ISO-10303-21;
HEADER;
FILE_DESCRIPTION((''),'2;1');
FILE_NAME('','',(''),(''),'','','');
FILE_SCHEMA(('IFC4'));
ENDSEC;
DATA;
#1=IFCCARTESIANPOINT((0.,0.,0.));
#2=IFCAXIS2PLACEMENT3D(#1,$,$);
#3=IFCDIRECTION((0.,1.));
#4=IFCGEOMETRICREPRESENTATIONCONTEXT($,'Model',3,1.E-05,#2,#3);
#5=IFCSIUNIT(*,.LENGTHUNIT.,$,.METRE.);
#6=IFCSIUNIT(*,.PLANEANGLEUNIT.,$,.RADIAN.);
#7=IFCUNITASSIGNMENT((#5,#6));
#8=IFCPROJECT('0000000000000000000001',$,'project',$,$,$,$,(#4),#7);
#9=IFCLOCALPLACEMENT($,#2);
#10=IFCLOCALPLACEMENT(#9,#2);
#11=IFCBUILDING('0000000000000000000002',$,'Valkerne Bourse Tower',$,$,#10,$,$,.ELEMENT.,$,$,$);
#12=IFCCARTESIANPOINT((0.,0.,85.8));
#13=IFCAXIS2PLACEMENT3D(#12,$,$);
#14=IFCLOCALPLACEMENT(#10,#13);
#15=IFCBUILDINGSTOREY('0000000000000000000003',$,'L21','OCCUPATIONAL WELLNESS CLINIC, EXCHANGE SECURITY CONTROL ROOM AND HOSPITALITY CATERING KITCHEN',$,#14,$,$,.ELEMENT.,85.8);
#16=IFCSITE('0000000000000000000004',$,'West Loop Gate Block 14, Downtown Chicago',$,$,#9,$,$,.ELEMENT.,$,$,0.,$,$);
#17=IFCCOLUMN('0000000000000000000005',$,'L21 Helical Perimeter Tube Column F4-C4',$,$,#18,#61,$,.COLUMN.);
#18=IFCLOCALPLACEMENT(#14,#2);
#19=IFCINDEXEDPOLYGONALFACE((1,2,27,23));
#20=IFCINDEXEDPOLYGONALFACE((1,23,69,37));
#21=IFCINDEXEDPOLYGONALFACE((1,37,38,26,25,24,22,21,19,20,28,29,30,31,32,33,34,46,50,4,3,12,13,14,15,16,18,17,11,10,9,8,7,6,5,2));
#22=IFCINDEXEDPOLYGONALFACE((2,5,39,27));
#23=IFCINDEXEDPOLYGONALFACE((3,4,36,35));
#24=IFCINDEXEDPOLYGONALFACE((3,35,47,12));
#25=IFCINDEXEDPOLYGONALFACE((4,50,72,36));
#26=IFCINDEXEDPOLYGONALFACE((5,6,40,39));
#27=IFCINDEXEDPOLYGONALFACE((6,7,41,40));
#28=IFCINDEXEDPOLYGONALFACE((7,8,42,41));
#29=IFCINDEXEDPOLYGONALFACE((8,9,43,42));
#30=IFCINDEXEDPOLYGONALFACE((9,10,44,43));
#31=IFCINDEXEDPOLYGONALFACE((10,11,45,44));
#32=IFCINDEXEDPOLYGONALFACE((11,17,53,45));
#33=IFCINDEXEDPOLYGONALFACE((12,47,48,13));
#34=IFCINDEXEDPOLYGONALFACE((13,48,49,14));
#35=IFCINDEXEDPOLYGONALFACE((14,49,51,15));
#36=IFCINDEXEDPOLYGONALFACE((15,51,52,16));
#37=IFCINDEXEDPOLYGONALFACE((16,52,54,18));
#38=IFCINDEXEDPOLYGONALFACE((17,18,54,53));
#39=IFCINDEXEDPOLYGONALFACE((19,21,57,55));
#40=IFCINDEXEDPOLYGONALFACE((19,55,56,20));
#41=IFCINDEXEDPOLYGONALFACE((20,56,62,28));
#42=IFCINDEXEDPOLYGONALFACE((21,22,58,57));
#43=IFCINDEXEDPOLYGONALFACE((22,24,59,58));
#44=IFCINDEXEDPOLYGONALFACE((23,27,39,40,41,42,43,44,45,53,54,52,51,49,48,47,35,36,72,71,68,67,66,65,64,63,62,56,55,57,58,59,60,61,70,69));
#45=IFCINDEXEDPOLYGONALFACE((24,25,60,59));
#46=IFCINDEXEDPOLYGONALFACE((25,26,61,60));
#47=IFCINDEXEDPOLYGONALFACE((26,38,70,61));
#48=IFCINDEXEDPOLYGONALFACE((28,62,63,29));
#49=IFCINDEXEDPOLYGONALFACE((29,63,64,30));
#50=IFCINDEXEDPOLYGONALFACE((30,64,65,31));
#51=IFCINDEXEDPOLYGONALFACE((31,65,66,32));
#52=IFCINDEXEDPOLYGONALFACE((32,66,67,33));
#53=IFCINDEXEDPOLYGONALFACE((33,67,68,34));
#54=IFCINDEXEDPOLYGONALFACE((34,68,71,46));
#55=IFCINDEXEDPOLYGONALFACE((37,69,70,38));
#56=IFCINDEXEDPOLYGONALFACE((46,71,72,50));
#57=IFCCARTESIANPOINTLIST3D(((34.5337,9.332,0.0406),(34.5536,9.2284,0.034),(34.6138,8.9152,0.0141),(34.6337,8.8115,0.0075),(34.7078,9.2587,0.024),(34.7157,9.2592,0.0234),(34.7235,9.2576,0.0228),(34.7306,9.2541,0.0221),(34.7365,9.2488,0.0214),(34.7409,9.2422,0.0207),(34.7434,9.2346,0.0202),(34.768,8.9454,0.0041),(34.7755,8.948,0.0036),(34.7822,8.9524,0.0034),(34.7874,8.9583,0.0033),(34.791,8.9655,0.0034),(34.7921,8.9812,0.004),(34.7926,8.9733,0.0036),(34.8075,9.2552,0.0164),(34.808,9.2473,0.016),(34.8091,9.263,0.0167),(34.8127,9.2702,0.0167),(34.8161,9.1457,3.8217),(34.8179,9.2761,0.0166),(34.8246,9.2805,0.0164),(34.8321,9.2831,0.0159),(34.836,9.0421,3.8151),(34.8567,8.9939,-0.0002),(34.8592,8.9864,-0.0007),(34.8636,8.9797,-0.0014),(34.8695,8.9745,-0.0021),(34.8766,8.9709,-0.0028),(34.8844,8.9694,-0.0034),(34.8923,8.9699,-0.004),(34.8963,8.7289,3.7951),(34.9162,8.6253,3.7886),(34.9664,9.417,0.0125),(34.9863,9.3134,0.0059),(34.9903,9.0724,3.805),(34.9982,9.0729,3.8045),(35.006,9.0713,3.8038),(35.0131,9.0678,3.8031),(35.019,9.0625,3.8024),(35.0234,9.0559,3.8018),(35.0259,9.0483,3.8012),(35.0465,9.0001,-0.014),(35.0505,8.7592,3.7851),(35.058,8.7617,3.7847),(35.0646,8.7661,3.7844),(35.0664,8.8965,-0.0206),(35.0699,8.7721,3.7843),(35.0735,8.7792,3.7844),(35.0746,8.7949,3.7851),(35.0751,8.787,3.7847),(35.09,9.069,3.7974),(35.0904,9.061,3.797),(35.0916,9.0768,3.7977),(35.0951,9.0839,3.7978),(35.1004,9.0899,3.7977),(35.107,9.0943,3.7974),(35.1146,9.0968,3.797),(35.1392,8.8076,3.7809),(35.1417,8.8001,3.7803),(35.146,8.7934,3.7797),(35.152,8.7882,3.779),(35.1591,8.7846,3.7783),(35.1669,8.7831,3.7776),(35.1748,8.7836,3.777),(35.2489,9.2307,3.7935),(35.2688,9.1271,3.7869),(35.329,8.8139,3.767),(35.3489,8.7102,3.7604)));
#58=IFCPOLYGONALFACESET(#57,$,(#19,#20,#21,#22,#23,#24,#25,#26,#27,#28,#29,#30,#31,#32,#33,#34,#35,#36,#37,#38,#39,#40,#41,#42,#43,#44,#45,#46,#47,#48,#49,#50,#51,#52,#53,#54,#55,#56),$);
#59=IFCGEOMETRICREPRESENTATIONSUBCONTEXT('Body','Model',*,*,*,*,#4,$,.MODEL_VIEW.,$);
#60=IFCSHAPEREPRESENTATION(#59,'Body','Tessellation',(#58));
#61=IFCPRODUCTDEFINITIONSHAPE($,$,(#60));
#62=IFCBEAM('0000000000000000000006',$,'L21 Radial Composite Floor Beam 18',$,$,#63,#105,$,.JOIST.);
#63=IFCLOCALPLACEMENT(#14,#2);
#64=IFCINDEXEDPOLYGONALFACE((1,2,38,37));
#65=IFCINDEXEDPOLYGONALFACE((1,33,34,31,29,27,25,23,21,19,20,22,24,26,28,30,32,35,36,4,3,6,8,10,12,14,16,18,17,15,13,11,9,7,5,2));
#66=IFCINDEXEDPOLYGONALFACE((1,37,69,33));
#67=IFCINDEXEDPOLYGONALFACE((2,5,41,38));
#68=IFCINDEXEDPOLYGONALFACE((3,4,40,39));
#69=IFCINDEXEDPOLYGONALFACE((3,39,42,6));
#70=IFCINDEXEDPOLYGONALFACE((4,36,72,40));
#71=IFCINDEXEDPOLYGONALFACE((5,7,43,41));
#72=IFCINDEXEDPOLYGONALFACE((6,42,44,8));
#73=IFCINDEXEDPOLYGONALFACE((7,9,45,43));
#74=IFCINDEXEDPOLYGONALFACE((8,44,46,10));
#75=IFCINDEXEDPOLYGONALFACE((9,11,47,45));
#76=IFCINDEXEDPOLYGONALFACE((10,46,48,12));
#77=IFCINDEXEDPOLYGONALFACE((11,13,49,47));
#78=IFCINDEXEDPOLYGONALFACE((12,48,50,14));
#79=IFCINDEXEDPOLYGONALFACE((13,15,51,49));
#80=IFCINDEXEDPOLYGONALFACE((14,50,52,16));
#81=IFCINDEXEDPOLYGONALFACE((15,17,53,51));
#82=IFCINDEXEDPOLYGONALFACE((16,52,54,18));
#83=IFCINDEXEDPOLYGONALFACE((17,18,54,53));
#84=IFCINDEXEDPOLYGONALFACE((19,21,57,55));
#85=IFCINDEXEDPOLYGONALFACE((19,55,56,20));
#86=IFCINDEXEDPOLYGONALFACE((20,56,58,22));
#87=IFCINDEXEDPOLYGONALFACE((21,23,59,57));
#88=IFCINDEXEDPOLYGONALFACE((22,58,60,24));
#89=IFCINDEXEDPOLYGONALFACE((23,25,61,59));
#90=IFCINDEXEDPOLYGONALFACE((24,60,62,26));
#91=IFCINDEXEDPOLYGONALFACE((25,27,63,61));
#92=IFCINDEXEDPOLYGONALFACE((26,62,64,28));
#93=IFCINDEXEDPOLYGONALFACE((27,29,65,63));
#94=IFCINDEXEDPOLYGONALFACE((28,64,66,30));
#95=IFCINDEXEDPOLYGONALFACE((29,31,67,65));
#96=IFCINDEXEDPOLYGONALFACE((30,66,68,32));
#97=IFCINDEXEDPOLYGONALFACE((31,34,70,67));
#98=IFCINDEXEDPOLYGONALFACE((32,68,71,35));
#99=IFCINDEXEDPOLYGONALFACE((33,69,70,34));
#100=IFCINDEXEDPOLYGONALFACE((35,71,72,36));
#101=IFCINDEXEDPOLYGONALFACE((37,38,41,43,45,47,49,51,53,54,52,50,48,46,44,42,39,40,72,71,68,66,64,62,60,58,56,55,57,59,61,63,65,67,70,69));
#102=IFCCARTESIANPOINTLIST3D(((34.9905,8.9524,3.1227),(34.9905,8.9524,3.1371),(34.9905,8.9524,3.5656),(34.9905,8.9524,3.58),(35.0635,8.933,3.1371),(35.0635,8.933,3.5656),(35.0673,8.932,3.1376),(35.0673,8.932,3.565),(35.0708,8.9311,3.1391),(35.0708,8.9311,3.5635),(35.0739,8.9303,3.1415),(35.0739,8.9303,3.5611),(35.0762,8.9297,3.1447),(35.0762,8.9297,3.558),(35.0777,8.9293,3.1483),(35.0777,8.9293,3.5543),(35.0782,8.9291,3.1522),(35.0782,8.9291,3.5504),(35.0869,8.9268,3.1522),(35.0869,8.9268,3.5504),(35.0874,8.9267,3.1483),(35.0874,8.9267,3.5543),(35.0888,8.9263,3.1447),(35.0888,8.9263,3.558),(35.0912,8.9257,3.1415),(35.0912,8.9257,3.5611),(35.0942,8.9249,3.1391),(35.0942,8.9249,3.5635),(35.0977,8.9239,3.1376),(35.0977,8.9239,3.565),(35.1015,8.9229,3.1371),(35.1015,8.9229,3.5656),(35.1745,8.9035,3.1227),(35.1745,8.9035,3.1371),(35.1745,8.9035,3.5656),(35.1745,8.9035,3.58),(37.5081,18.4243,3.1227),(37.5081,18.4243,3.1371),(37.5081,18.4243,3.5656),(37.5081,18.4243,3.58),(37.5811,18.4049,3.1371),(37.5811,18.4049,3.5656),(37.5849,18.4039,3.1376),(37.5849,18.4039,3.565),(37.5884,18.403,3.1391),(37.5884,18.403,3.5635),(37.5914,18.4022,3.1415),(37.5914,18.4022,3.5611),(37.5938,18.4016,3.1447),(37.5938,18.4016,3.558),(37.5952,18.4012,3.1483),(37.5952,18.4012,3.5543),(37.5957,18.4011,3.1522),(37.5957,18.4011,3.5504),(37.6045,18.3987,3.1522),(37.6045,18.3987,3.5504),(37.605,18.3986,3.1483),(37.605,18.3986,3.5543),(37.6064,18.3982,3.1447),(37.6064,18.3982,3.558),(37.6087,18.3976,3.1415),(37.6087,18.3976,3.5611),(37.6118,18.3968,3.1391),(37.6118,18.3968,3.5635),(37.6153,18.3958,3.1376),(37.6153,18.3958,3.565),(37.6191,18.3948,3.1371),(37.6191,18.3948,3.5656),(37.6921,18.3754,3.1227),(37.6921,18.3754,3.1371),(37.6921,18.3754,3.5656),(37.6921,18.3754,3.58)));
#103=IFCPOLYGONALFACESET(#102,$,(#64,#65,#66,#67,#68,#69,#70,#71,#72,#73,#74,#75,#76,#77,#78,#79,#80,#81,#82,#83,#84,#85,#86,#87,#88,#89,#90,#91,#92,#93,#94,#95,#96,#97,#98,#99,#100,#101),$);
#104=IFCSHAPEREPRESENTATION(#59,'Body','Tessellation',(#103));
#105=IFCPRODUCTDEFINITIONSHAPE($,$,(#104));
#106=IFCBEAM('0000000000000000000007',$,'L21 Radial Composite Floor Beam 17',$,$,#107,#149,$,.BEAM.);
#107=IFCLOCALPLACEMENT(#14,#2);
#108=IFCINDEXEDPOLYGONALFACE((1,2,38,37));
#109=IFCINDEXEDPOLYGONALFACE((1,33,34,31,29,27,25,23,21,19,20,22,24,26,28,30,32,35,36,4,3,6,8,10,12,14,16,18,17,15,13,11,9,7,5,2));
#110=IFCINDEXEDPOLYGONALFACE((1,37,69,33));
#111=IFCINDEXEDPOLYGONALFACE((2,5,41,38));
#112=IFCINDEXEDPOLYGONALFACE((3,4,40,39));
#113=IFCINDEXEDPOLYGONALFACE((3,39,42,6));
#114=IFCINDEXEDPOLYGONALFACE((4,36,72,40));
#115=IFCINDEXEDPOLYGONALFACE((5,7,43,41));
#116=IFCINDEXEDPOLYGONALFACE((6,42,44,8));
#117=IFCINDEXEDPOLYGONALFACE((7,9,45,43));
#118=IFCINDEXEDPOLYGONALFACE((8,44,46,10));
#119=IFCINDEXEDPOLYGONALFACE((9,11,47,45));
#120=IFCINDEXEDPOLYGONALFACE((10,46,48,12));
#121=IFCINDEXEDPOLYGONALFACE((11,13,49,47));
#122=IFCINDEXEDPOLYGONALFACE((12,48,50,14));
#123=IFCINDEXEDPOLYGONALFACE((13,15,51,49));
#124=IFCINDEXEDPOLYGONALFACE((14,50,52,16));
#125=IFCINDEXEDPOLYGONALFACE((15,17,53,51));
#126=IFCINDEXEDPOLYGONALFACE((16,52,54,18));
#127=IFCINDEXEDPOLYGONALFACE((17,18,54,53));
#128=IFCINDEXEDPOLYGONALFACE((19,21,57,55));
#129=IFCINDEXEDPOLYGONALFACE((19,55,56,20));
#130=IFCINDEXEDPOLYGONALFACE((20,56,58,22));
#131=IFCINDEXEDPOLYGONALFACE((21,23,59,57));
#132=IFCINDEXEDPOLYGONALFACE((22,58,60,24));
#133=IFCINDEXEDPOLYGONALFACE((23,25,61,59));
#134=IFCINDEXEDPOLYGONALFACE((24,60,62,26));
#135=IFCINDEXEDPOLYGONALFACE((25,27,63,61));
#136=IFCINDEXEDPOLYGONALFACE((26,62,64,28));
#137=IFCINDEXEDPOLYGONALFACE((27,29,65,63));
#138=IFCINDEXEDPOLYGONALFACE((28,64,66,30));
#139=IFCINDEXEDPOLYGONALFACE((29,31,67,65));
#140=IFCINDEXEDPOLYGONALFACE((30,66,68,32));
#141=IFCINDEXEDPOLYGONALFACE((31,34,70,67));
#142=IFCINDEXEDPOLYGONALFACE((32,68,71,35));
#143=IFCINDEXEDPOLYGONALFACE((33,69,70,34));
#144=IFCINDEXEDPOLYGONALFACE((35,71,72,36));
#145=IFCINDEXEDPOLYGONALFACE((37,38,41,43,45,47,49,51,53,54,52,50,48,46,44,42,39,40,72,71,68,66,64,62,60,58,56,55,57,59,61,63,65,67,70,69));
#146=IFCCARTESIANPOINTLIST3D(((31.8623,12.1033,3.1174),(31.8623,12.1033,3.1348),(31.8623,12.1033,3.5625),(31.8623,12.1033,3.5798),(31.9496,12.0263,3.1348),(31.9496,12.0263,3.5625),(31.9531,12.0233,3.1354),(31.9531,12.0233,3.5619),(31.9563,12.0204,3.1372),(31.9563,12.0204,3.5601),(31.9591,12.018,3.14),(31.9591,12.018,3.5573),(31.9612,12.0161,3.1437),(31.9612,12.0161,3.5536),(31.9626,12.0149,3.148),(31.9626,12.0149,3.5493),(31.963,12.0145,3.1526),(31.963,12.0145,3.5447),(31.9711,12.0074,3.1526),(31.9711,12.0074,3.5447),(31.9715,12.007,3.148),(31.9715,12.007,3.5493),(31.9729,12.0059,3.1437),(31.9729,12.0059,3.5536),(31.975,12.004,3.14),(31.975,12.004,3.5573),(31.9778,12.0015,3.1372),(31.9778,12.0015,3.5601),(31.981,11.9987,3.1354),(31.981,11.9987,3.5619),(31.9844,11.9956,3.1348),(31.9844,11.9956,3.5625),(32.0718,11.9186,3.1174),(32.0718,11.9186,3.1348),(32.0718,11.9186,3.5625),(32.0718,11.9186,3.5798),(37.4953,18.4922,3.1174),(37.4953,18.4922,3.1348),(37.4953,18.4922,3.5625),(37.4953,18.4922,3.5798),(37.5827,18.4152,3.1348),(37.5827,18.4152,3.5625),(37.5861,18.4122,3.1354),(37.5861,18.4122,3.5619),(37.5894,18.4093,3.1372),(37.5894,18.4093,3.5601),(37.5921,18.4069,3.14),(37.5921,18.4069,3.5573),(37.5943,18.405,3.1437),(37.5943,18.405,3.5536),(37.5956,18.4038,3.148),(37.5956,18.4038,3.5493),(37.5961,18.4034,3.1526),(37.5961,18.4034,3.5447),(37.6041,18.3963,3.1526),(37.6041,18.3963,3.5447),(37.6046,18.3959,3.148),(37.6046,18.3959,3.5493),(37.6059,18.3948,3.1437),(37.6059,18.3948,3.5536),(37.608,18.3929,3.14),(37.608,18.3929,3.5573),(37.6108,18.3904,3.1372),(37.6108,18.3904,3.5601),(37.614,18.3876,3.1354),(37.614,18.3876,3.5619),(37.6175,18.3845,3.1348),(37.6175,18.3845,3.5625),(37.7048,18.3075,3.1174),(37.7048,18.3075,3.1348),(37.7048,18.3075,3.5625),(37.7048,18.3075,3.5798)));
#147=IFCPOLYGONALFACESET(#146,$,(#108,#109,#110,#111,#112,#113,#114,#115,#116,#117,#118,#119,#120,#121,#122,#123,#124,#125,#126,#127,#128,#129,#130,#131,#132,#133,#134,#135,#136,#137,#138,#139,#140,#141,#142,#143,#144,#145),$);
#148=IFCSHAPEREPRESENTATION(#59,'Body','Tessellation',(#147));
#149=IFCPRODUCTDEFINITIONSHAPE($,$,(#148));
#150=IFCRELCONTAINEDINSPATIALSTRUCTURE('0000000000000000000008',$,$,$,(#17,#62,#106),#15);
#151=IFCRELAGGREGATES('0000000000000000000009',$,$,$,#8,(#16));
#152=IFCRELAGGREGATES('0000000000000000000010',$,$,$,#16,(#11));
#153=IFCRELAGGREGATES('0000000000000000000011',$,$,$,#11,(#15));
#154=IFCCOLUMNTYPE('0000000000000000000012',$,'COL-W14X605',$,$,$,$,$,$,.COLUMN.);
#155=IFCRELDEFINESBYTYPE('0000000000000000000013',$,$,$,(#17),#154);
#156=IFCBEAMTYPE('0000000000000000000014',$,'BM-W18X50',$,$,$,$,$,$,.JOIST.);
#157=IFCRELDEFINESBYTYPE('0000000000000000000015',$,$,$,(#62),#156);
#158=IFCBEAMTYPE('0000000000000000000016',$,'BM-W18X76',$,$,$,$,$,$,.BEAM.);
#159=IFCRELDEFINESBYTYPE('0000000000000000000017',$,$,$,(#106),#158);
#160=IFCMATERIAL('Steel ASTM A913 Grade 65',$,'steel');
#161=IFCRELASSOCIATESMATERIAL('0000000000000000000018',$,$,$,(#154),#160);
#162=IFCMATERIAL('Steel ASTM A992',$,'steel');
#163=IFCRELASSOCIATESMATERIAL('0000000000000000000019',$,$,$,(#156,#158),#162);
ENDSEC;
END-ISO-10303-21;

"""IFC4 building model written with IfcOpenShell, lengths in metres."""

from ifc_helpers import new_model, si_unit, direction, frame, origin, origin_2d, place, context, subcontext, project, spatial, i_section, extrude, material, material_profile, profile_set, type_object, element, save


model = new_model("IFC4")

# Units and contexts
model_context = context("Model", 3, precision=1e-05, world=origin(), true_north=direction((0.0, 1.0)))
body_context = subcontext(model_context, "Body", "Model", "MODEL_VIEW")
ifc_project = project(units=[si_unit("LENGTHUNIT", "METRE"), si_unit("PLANEANGLEUNIT", "RADIAN")], contexts=[model_context])

# Site, building, storey
site_placement = place(None, origin())
site = spatial("IfcSite", under=ifc_project, at=site_placement, Name="West Loop Gate Block 14, Downtown Chicago", CompositionType="ELEMENT", RefElevation=0.0)
building_placement = place(site_placement, origin())
building = spatial("IfcBuilding", under=site, at=building_placement, Name="Valkerne Bourse Tower", CompositionType="ELEMENT")
storey_placement = place(building_placement, frame((0.0, 0.0, 85.8)))
storey = spatial("IfcBuildingStorey", under=building, at=storey_placement, Name="L21", Description="OCCUPATIONAL WELLNESS CLINIC, EXCHANGE SECURITY CONTROL ROOM AND HOSPITALITY CATERING KITCHEN", CompositionType="ELEMENT", Elevation=85.8)

# Column
ifc_material_1 = material(Name="Steel ASTM A913 Grade 65", Category="steel")
ifc_material_profile_1 = material_profile(ifc_material_1, i_section(OverallWidth=0.4419, OverallDepth=0.531, WebThickness=0.0659, FlangeThickness=0.1057, FilletRadius=0.0305, at=origin_2d()), Name="W14X605")
ifc_profile_set_1 = profile_set([ifc_material_profile_1], Name="Steel ASTM A913 Grade 65")
column_type = type_object("IfcColumnType", Name="COL-W14X605", PredefinedType="COLUMN", material=ifc_profile_set_1)
column_placement = place(storey_placement, frame((34.8, 9.1143, 0.01), z_axis=(0.07441, -0.049071, 0.99602), x_axis=(0.979264, 0.192316, -0.063684)))
element("IfcColumn", 1, at=column_placement, inside=storey, type_object=column_type, Name="L21 Helical Perimeter Tube Column F4-C4", PredefinedType="COLUMN", context=body_context, shape_type="SweptSolid", body=[
    extrude(i_section(OverallWidth=0.4419, OverallDepth=0.531, WebThickness=0.0659, FlangeThickness=0.1057, FilletRadius=0.0305, at=origin_2d()), origin(), (0.0, 0.0, 1.0), 3.7961),
])

# Beams
ifc_material_2 = material(Name="Steel ASTM A992", Category="steel")
ifc_material_profile_2 = material_profile(ifc_material_2, i_section(OverallWidth=0.1904, OverallDepth=0.4573, WebThickness=0.009, FlangeThickness=0.0144, FilletRadius=0.0151, at=origin_2d()), Name="W18X50")
ifc_profile_set_2 = profile_set([ifc_material_profile_2], Name="Steel ASTM A992")
beam_type_1 = type_object("IfcBeamType", Name="BM-W18X50", PredefinedType="JOIST", material=ifc_profile_set_2)
beam_1_placement = place(storey_placement, frame((35.0825, 8.928, 3.3513), z_axis=(0.256875, 0.966445, 0.0), x_axis=(-0.966445, 0.256875, 0.0)))
element("IfcBeam", 2, at=beam_1_placement, inside=storey, type_object=beam_type_1, Name="L21 Radial Composite Floor Beam 18", PredefinedType="JOIST", context=body_context, shape_type="SweptSolid", body=[
    extrude(i_section(OverallWidth=0.1904, OverallDepth=0.4573, WebThickness=0.009, FlangeThickness=0.0144, FilletRadius=0.0151, at=origin_2d()), origin(), (0.0, 0.0, 1.0), 9.8008),
])
ifc_material_profile_3 = material_profile(ifc_material_2, i_section(OverallWidth=0.2793, OverallDepth=0.4624, WebThickness=0.0107, FlangeThickness=0.0173, FilletRadius=0.0178, at=origin_2d()), Name="W18X76")
ifc_profile_set_3 = profile_set([ifc_material_profile_3], Name="Steel ASTM A992")
beam_type_2 = type_object("IfcBeamType", Name="BM-W18X76", PredefinedType="BEAM", material=ifc_profile_set_3)
beam_2_placement = place(storey_placement, frame((31.967, 12.011, 3.3486), z_axis=(0.661343, 0.750084, 0.0), x_axis=(-0.750084, 0.661343, 0.0)))
element("IfcBeam", 3, at=beam_2_placement, inside=storey, type_object=beam_type_2, Name="L21 Radial Composite Floor Beam 17", PredefinedType="BEAM", context=body_context, shape_type="SweptSolid", body=[
    extrude(i_section(OverallWidth=0.2793, OverallDepth=0.4624, WebThickness=0.0107, FlangeThickness=0.0173, FilletRadius=0.0178, at=origin_2d()), origin(), (0.0, 0.0, 1.0), 8.5176),
])

save(model, "model.ifc")
